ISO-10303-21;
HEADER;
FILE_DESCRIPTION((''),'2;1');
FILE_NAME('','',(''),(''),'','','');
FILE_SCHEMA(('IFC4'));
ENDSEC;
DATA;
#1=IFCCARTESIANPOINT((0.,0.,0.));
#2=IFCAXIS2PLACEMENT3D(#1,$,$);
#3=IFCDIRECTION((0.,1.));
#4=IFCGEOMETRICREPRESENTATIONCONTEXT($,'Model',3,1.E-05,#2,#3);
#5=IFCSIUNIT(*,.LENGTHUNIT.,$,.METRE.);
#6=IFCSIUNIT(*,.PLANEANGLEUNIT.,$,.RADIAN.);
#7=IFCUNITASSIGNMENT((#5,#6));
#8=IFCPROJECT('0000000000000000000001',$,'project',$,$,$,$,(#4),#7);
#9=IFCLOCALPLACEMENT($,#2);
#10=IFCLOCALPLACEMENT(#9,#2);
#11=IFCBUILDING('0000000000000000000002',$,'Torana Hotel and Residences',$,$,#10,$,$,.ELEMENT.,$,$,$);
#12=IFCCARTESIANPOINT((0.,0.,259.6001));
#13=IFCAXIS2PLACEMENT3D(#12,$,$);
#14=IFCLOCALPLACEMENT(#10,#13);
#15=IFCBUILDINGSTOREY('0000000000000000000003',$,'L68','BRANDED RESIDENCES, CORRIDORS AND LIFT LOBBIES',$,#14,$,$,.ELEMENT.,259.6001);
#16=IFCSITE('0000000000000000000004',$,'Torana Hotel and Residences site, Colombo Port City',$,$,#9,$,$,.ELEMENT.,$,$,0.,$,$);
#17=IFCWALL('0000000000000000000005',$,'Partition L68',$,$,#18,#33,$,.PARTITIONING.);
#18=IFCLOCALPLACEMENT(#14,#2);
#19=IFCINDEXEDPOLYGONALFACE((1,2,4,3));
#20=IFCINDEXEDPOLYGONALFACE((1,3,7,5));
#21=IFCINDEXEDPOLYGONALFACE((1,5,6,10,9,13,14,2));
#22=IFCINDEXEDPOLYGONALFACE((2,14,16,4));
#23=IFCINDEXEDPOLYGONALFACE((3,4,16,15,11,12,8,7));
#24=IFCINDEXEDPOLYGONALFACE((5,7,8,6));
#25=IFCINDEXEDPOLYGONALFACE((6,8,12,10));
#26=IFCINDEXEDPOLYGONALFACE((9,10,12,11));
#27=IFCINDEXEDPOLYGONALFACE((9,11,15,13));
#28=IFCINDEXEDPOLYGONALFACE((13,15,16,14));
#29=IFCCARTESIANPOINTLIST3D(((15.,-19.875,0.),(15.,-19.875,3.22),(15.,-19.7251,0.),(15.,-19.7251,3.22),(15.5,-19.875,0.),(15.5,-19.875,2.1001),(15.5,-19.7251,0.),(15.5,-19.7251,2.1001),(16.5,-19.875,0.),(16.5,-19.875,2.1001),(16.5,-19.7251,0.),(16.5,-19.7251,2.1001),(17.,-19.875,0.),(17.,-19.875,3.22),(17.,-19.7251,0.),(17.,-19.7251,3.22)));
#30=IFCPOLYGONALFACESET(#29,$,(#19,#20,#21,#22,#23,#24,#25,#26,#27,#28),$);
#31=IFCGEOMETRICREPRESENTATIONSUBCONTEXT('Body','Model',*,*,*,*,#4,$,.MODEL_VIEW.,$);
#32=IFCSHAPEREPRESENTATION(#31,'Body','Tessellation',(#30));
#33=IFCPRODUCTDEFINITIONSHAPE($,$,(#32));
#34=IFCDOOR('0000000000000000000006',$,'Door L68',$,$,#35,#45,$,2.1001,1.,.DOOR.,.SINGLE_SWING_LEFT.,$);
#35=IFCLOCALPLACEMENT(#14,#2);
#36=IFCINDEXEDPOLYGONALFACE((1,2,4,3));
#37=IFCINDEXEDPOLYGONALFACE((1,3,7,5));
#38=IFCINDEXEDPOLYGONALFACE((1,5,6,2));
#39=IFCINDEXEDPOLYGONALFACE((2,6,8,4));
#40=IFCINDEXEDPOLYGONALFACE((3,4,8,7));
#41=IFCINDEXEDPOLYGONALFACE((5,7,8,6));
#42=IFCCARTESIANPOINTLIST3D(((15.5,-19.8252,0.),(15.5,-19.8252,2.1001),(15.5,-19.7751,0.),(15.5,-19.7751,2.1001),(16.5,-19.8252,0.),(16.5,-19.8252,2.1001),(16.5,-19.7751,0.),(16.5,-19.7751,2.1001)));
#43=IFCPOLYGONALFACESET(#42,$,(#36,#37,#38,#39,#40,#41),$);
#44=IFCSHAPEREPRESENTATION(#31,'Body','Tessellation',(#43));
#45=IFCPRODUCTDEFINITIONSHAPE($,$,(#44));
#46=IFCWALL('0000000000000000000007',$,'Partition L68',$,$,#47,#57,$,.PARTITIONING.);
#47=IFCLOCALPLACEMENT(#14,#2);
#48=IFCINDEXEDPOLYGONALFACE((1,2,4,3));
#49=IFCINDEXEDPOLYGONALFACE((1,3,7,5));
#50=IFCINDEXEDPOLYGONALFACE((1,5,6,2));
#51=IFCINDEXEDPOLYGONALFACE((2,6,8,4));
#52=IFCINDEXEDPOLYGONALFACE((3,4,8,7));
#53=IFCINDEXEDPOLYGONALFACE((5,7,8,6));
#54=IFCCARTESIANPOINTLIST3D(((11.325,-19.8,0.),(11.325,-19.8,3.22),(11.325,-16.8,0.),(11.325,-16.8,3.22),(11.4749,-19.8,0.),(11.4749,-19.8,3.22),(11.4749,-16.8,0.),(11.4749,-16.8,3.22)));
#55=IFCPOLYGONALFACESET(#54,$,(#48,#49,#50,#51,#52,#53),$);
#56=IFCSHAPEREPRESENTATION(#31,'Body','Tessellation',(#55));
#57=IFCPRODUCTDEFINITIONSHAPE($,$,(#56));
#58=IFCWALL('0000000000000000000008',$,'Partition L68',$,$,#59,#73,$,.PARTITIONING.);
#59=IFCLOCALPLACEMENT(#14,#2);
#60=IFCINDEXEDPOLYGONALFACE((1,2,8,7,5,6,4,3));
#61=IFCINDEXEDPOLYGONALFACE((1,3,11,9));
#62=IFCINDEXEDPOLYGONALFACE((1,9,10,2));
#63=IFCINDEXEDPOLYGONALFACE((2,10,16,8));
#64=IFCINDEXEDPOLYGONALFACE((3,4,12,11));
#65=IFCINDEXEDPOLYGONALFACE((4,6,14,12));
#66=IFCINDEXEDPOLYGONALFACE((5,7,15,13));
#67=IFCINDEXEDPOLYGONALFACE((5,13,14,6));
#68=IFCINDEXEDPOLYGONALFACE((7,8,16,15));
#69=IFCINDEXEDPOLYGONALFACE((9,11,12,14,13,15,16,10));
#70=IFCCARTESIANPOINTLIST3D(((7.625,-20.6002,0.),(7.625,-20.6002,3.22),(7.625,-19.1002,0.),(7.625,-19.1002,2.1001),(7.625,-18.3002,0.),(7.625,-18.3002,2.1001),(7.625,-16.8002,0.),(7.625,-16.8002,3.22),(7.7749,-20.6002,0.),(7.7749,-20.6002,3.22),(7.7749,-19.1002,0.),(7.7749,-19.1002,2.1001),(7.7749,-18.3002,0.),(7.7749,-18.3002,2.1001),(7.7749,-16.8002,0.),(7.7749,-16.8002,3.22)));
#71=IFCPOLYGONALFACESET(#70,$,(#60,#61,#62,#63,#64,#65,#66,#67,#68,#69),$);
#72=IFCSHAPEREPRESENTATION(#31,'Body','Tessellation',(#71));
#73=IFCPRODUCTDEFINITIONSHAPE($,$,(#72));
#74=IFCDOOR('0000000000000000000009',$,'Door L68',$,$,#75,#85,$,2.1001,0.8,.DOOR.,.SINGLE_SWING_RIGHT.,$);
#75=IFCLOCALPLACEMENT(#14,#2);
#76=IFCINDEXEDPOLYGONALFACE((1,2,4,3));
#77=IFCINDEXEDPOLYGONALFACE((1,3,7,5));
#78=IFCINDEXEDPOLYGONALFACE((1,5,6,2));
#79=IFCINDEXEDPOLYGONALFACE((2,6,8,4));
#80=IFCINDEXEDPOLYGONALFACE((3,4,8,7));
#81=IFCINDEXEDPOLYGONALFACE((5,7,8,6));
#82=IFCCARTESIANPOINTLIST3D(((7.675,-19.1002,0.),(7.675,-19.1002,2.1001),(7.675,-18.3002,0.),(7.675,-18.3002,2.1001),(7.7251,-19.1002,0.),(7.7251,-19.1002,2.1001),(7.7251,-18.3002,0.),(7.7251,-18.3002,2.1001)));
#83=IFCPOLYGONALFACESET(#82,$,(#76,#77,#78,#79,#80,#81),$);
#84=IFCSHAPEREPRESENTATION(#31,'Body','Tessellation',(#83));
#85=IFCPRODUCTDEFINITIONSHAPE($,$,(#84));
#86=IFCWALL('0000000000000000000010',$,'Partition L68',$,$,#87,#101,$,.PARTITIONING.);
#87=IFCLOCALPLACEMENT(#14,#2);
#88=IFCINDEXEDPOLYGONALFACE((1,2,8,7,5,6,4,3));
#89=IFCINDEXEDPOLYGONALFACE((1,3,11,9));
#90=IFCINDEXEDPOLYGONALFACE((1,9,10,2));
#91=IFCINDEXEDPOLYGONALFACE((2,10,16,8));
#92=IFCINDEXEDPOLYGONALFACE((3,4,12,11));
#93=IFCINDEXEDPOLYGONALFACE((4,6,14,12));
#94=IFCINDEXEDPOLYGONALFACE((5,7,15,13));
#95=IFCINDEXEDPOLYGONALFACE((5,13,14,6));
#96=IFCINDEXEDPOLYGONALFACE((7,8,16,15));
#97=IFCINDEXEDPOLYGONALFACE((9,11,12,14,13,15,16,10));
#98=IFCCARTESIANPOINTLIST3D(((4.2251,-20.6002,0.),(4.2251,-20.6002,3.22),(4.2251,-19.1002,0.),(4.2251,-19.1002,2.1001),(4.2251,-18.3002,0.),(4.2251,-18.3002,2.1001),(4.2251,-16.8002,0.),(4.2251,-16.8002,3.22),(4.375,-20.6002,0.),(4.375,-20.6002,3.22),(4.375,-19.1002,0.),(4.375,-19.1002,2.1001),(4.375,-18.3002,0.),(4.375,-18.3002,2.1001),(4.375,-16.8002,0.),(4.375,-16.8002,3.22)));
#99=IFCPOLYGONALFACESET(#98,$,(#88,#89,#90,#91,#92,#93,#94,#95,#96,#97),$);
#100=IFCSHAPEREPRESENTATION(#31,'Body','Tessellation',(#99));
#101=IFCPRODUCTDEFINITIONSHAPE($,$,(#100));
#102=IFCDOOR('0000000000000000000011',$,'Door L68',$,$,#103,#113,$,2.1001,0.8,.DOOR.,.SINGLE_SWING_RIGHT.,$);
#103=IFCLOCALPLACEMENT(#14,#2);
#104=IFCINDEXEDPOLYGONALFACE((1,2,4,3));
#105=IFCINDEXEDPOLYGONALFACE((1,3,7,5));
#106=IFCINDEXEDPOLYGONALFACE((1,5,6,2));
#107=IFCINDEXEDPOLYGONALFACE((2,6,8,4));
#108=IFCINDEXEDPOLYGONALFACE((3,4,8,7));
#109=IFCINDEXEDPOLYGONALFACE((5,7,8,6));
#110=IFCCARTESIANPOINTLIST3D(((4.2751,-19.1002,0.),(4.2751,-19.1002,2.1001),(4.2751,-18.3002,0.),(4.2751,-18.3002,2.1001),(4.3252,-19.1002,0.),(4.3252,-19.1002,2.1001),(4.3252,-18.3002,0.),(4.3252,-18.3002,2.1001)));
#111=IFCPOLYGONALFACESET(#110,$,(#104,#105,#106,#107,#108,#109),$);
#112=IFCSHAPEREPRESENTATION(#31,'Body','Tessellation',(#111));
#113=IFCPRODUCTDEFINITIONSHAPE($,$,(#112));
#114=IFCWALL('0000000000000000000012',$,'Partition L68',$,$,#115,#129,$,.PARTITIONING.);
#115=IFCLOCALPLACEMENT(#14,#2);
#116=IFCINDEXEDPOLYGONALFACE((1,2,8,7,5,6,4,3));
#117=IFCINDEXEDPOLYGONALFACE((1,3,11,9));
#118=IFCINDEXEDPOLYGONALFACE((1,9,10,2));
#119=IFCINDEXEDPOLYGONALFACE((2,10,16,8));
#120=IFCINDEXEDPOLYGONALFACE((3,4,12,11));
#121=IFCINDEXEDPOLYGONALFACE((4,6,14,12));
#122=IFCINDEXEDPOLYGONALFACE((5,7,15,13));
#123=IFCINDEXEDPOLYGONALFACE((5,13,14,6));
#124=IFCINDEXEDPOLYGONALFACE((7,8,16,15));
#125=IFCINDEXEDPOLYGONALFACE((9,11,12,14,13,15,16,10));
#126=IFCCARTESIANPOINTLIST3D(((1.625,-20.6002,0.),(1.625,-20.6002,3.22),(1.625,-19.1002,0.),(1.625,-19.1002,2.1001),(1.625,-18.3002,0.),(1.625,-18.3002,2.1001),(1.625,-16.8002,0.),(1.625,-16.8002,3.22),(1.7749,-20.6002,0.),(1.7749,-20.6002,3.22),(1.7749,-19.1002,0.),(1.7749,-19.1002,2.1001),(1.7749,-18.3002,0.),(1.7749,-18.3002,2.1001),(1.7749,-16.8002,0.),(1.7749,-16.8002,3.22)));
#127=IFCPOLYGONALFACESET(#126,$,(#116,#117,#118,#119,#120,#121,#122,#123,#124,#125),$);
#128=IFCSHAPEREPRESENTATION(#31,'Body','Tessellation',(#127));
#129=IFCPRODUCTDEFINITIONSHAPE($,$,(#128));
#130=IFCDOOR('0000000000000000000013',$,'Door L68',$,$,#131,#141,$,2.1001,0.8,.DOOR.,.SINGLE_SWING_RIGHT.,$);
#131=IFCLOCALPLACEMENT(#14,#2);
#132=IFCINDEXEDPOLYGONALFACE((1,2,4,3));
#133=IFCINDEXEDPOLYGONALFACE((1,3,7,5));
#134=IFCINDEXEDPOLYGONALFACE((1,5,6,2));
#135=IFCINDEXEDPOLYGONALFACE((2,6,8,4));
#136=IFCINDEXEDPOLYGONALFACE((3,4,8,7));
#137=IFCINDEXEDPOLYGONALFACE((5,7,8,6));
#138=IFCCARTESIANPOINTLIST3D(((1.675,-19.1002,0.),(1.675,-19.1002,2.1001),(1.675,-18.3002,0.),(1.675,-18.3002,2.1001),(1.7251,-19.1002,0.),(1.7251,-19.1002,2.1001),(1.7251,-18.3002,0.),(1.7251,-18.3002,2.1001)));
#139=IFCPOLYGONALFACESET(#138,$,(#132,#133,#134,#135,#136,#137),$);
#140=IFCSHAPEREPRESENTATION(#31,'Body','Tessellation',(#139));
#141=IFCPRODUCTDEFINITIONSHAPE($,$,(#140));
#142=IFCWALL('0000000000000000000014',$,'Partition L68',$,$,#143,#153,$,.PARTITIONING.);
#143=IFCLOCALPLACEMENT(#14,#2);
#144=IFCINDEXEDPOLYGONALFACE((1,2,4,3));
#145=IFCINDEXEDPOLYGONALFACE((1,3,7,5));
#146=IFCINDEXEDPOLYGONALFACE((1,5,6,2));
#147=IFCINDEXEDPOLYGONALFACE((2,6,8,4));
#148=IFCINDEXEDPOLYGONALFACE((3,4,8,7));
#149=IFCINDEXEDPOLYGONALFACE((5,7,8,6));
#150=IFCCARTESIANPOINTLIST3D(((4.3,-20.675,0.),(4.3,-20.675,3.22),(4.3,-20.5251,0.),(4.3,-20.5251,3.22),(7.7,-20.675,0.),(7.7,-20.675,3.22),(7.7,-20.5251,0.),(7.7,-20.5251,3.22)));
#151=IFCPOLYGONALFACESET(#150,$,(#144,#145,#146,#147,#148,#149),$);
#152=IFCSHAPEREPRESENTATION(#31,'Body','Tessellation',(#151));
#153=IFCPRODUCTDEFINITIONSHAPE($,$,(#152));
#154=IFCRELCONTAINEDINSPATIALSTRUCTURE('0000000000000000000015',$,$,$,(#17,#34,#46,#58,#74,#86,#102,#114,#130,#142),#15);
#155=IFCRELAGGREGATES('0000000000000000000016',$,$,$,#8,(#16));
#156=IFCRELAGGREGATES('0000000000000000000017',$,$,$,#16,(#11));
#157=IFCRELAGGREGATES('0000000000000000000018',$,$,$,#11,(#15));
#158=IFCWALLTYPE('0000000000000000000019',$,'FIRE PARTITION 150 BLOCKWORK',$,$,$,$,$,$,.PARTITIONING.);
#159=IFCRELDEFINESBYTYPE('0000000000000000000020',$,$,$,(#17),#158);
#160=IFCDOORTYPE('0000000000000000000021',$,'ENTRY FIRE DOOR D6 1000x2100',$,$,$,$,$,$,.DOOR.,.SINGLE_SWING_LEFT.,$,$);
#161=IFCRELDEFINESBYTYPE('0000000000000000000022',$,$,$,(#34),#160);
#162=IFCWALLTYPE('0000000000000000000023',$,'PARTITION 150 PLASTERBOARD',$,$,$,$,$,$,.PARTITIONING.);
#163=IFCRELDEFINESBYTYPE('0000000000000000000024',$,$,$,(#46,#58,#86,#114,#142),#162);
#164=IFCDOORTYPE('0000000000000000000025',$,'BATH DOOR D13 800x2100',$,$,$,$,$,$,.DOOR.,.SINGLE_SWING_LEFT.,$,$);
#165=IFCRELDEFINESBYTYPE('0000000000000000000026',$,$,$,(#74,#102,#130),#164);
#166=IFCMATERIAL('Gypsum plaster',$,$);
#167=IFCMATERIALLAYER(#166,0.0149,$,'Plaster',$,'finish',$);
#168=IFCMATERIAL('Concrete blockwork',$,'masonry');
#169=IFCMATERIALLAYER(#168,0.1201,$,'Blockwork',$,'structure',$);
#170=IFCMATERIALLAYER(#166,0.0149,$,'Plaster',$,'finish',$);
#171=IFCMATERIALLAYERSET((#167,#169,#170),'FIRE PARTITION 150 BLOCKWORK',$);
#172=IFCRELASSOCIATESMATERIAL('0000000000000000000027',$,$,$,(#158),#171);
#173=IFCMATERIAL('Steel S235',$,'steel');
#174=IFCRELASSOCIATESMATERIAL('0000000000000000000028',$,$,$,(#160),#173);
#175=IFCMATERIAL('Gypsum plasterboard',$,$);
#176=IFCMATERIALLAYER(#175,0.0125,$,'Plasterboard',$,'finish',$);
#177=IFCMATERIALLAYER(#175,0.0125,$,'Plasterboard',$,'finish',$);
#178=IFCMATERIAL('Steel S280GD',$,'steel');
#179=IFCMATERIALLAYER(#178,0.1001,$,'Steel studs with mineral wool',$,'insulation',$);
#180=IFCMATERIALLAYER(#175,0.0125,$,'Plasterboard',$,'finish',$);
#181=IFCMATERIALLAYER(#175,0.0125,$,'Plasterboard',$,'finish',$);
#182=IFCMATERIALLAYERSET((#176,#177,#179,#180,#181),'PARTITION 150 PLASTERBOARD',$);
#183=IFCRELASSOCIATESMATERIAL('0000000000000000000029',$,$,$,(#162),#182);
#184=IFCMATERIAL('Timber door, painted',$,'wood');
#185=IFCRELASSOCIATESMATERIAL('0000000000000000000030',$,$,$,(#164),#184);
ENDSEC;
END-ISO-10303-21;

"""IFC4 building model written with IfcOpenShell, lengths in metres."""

from ifc_helpers import new_model, si_unit, direction, frame, frame_2d, origin, place, context, subcontext, project, spatial, rectangle, extrude, material, layer, layer_set, type_object, element, fill, save


model = new_model("IFC4")

# Units and contexts
model_context = context("Model", 3, precision=1e-05, world=origin(), true_north=direction((0.0, 1.0)))
body_context = subcontext(model_context, "Body", "Model", "MODEL_VIEW")
ifc_project = project(units=[si_unit("LENGTHUNIT", "METRE"), si_unit("PLANEANGLEUNIT", "RADIAN")], contexts=[model_context])

# Site, building, storey
site_placement = place(None, origin())
site = spatial("IfcSite", under=ifc_project, at=site_placement, Name="Torana Hotel and Residences site, Colombo Port City", CompositionType="ELEMENT", RefElevation=0.0)
building_placement = place(site_placement, origin())
building = spatial("IfcBuilding", under=site, at=building_placement, Name="Torana Hotel and Residences", CompositionType="ELEMENT")
storey_placement = place(building_placement, frame((0.0, 0.0, 259.6001)))
storey = spatial("IfcBuildingStorey", under=building, at=storey_placement, Name="L68", Description="BRANDED RESIDENCES, CORRIDORS AND LIFT LOBBIES", CompositionType="ELEMENT", Elevation=259.6001)

# Wall, opening, door
ifc_material_1 = material(Name="Gypsum plaster")
ifc_layer_1 = layer(ifc_material_1, 0.0149, Name="Plaster", Category="finish")
ifc_material_2 = material(Name="Concrete blockwork", Category="masonry")
ifc_layer_2 = layer(ifc_material_2, 0.1201, Name="Blockwork", Category="structure")
ifc_layer_3 = layer(ifc_material_1, 0.0149, Name="Plaster", Category="finish")
ifc_layer_set_1 = layer_set([ifc_layer_1, ifc_layer_2, ifc_layer_3], Name="FIRE PARTITION 150 BLOCKWORK")
wall_type_1 = type_object("IfcWallType", Name="FIRE PARTITION 150 BLOCKWORK", PredefinedType="PARTITIONING", material=ifc_layer_set_1)
ifc_material_3 = material(Name="Steel S235", Category="steel")
door_type_1 = type_object("IfcDoorType", Name="ENTRY FIRE DOOR D6 1000x2100", OperationType="SINGLE_SWING_LEFT", PredefinedType="DOOR", material=ifc_material_3)
wall_1_placement = place(storey_placement, frame((15.0, -19.8, 0.0), z_axis=(0.0, 0.0, 1.0), x_axis=(1.0, 0.0, 0.0)))
wall_1 = element("IfcWall", 1, at=wall_1_placement, inside=storey, type_object=wall_type_1, Name="Partition L68", PredefinedType="PARTITIONING", context=body_context, shape_type="SweptSolid", body=[
    extrude(rectangle(XDim=2.0, YDim=0.1499, at=frame_2d((1.0, 0.0))), origin(), (0.0, 0.0, 1.0), 3.22),
])
opening_1_placement = place(wall_1_placement, frame((0.5, 0.0, 0.0)))
opening_1 = element("IfcOpeningElement", 2, at=opening_1_placement, cuts=wall_1, PredefinedType="OPENING", context=body_context, shape_type="SweptSolid", body=[
    extrude(rectangle(XDim=1.0, YDim=2.1001, at=frame_2d((0.5, 1.05))), frame((0.0, 0.085, 0.0), z_axis=(0.0, -1.0, 0.0), x_axis=(1.0, 0.0, 0.0)), (0.0, 0.0, 1.0), 0.1699),
])
door_1_placement = place(opening_1_placement, frame((0.5, 0.0, 0.0), z_axis=(0.0, 0.0, 1.0), x_axis=(-1.0, 0.0, 0.0)))
door_1 = element("IfcDoor", 3, at=door_1_placement, inside=storey, type_object=door_type_1, Name="Door L68", OperationType="SINGLE_SWING_LEFT", OverallHeight=2.1001, OverallWidth=1.0, PredefinedType="DOOR", context=body_context, shape_type="SweptSolid", body=[
    extrude(rectangle(XDim=1.0, YDim=2.1001, at=frame_2d((0.0, 1.05))), frame((0.0, -0.0249, 0.0), z_axis=(0.0, 1.0, 0.0), x_axis=(-1.0, 0.0, 0.0)), (0.0, 0.0, 1.0), 0.05),
])
fill(opening_1, door_1)

# Wall
ifc_material_4 = material(Name="Gypsum plasterboard")
ifc_layer_4 = layer(ifc_material_4, 0.0125, Name="Plasterboard", Category="finish")
ifc_layer_5 = layer(ifc_material_4, 0.0125, Name="Plasterboard", Category="finish")
ifc_material_5 = material(Name="Steel S280GD", Category="steel")
ifc_layer_6 = layer(ifc_material_5, 0.1001, Name="Steel studs with mineral wool", Category="insulation")
ifc_layer_7 = layer(ifc_material_4, 0.0125, Name="Plasterboard", Category="finish")
ifc_layer_8 = layer(ifc_material_4, 0.0125, Name="Plasterboard", Category="finish")
ifc_layer_set_2 = layer_set([ifc_layer_4, ifc_layer_5, ifc_layer_6, ifc_layer_7, ifc_layer_8], Name="PARTITION 150 PLASTERBOARD")
wall_type_2 = type_object("IfcWallType", Name="PARTITION 150 PLASTERBOARD", PredefinedType="PARTITIONING", material=ifc_layer_set_2)
wall_2_placement = place(storey_placement, frame((11.3999, -19.8, 0.0), z_axis=(0.0, 0.0, 1.0), x_axis=(0.0, 1.0, 0.0)))
element("IfcWall", 4, at=wall_2_placement, inside=storey, type_object=wall_type_2, Name="Partition L68", PredefinedType="PARTITIONING", context=body_context, shape_type="SweptSolid", body=[
    extrude(rectangle(XDim=3.0, YDim=0.1499, at=frame_2d((1.5, 0.0))), origin(), (0.0, 0.0, 1.0), 3.22),
])

# Walls, openings, doors
wall_3_placement = place(storey_placement, frame((7.7, -20.6001, 0.0), z_axis=(0.0, 0.0, 1.0), x_axis=(0.0, 1.0, 0.0)))
wall_3 = element("IfcWall", 5, at=wall_3_placement, inside=storey, type_object=wall_type_2, Name="Partition L68", PredefinedType="PARTITIONING", context=body_context, shape_type="SweptSolid", body=[
    extrude(rectangle(XDim=3.8, YDim=0.1499, at=frame_2d((1.8999, 0.0))), origin(), (0.0, 0.0, 1.0), 3.22),
])
opening_2_placement = place(wall_3_placement, frame((1.5, 0.0, 0.0)))
opening_2 = element("IfcOpeningElement", 6, at=opening_2_placement, cuts=wall_3, PredefinedType="OPENING", context=body_context, shape_type="SweptSolid", body=[
    extrude(rectangle(XDim=0.8, YDim=2.1001, at=frame_2d((0.3999, 1.05))), frame((0.0, 0.085, 0.0), z_axis=(0.0, -1.0, 0.0), x_axis=(1.0, 0.0, 0.0)), (0.0, 0.0, 1.0), 0.1699),
])
ifc_material_6 = material(Name="Timber door, painted", Category="wood")
door_type_2 = type_object("IfcDoorType", Name="BATH DOOR D13 800x2100", OperationType="SINGLE_SWING_LEFT", PredefinedType="DOOR", material=ifc_material_6)
door_2_placement = place(opening_2_placement, origin())
door_2 = element("IfcDoor", 7, at=door_2_placement, inside=storey, type_object=door_type_2, Name="Door L68", OperationType="SINGLE_SWING_RIGHT", OverallHeight=2.1001, OverallWidth=0.8, PredefinedType="DOOR", context=body_context, shape_type="SweptSolid", body=[
    extrude(rectangle(XDim=0.8, YDim=2.1001, at=frame_2d((0.3999, 1.05))), frame((0.0, 0.0249, 0.0), z_axis=(0.0, -1.0, 0.0), x_axis=(1.0, 0.0, 0.0)), (0.0, 0.0, 1.0), 0.05),
])
fill(opening_2, door_2)
wall_4_placement = place(storey_placement, frame((4.3, -20.6001, 0.0), z_axis=(0.0, 0.0, 1.0), x_axis=(0.0, 1.0, 0.0)))
wall_4 = element("IfcWall", 8, at=wall_4_placement, inside=storey, type_object=wall_type_2, Name="Partition L68", PredefinedType="PARTITIONING", context=body_context, shape_type="SweptSolid", body=[
    extrude(rectangle(XDim=3.8, YDim=0.1499, at=frame_2d((1.8999, 0.0))), origin(), (0.0, 0.0, 1.0), 3.22),
])
opening_3_placement = place(wall_4_placement, frame((1.5, 0.0, 0.0)))
opening_3 = element("IfcOpeningElement", 9, at=opening_3_placement, cuts=wall_4, PredefinedType="OPENING", context=body_context, shape_type="SweptSolid", body=[
    extrude(rectangle(XDim=0.8, YDim=2.1001, at=frame_2d((0.3999, 1.05))), frame((0.0, 0.085, 0.0), z_axis=(0.0, -1.0, 0.0), x_axis=(1.0, 0.0, 0.0)), (0.0, 0.0, 1.0), 0.1699),
])
door_3_placement = place(opening_3_placement, origin())
door_3 = element("IfcDoor", 10, at=door_3_placement, inside=storey, type_object=door_type_2, Name="Door L68", OperationType="SINGLE_SWING_RIGHT", OverallHeight=2.1001, OverallWidth=0.8, PredefinedType="DOOR", context=body_context, shape_type="SweptSolid", body=[
    extrude(rectangle(XDim=0.8, YDim=2.1001, at=frame_2d((0.3999, 1.05))), frame((0.0, 0.0249, 0.0), z_axis=(0.0, -1.0, 0.0), x_axis=(1.0, 0.0, 0.0)), (0.0, 0.0, 1.0), 0.05),
])
fill(opening_3, door_3)
wall_5_placement = place(storey_placement, frame((1.7, -20.6001, 0.0), z_axis=(0.0, 0.0, 1.0), x_axis=(0.0, 1.0, 0.0)))
wall_5 = element("IfcWall", 11, at=wall_5_placement, inside=storey, type_object=wall_type_2, Name="Partition L68", PredefinedType="PARTITIONING", context=body_context, shape_type="SweptSolid", body=[
    extrude(rectangle(XDim=3.8, YDim=0.1499, at=frame_2d((1.8999, 0.0))), origin(), (0.0, 0.0, 1.0), 3.22),
])
opening_4_placement = place(wall_5_placement, frame((1.5, 0.0, 0.0)))
opening_4 = element("IfcOpeningElement", 12, at=opening_4_placement, cuts=wall_5, PredefinedType="OPENING", context=body_context, shape_type="SweptSolid", body=[
    extrude(rectangle(XDim=0.8, YDim=2.1001, at=frame_2d((0.3999, 1.05))), frame((0.0, 0.085, 0.0), z_axis=(0.0, -1.0, 0.0), x_axis=(1.0, 0.0, 0.0)), (0.0, 0.0, 1.0), 0.1699),
])
door_4_placement = place(opening_4_placement, origin())
door_4 = element("IfcDoor", 13, at=door_4_placement, inside=storey, type_object=door_type_2, Name="Door L68", OperationType="SINGLE_SWING_RIGHT", OverallHeight=2.1001, OverallWidth=0.8, PredefinedType="DOOR", context=body_context, shape_type="SweptSolid", body=[
    extrude(rectangle(XDim=0.8, YDim=2.1001, at=frame_2d((0.3999, 1.05))), frame((0.0, 0.0249, 0.0), z_axis=(0.0, -1.0, 0.0), x_axis=(1.0, 0.0, 0.0)), (0.0, 0.0, 1.0), 0.05),
])
fill(opening_4, door_4)

# Wall
wall_6_placement = place(storey_placement, frame((4.3, -20.6001, 0.0), z_axis=(0.0, 0.0, 1.0), x_axis=(1.0, 0.0, 0.0)))
element("IfcWall", 14, at=wall_6_placement, inside=storey, type_object=wall_type_2, Name="Partition L68", PredefinedType="PARTITIONING", context=body_context, shape_type="SweptSolid", body=[
    extrude(rectangle(XDim=3.3999, YDim=0.1499, at=frame_2d((1.7, 0.0))), origin(), (0.0, 0.0, 1.0), 3.22),
])

save(model, "model.ifc")
